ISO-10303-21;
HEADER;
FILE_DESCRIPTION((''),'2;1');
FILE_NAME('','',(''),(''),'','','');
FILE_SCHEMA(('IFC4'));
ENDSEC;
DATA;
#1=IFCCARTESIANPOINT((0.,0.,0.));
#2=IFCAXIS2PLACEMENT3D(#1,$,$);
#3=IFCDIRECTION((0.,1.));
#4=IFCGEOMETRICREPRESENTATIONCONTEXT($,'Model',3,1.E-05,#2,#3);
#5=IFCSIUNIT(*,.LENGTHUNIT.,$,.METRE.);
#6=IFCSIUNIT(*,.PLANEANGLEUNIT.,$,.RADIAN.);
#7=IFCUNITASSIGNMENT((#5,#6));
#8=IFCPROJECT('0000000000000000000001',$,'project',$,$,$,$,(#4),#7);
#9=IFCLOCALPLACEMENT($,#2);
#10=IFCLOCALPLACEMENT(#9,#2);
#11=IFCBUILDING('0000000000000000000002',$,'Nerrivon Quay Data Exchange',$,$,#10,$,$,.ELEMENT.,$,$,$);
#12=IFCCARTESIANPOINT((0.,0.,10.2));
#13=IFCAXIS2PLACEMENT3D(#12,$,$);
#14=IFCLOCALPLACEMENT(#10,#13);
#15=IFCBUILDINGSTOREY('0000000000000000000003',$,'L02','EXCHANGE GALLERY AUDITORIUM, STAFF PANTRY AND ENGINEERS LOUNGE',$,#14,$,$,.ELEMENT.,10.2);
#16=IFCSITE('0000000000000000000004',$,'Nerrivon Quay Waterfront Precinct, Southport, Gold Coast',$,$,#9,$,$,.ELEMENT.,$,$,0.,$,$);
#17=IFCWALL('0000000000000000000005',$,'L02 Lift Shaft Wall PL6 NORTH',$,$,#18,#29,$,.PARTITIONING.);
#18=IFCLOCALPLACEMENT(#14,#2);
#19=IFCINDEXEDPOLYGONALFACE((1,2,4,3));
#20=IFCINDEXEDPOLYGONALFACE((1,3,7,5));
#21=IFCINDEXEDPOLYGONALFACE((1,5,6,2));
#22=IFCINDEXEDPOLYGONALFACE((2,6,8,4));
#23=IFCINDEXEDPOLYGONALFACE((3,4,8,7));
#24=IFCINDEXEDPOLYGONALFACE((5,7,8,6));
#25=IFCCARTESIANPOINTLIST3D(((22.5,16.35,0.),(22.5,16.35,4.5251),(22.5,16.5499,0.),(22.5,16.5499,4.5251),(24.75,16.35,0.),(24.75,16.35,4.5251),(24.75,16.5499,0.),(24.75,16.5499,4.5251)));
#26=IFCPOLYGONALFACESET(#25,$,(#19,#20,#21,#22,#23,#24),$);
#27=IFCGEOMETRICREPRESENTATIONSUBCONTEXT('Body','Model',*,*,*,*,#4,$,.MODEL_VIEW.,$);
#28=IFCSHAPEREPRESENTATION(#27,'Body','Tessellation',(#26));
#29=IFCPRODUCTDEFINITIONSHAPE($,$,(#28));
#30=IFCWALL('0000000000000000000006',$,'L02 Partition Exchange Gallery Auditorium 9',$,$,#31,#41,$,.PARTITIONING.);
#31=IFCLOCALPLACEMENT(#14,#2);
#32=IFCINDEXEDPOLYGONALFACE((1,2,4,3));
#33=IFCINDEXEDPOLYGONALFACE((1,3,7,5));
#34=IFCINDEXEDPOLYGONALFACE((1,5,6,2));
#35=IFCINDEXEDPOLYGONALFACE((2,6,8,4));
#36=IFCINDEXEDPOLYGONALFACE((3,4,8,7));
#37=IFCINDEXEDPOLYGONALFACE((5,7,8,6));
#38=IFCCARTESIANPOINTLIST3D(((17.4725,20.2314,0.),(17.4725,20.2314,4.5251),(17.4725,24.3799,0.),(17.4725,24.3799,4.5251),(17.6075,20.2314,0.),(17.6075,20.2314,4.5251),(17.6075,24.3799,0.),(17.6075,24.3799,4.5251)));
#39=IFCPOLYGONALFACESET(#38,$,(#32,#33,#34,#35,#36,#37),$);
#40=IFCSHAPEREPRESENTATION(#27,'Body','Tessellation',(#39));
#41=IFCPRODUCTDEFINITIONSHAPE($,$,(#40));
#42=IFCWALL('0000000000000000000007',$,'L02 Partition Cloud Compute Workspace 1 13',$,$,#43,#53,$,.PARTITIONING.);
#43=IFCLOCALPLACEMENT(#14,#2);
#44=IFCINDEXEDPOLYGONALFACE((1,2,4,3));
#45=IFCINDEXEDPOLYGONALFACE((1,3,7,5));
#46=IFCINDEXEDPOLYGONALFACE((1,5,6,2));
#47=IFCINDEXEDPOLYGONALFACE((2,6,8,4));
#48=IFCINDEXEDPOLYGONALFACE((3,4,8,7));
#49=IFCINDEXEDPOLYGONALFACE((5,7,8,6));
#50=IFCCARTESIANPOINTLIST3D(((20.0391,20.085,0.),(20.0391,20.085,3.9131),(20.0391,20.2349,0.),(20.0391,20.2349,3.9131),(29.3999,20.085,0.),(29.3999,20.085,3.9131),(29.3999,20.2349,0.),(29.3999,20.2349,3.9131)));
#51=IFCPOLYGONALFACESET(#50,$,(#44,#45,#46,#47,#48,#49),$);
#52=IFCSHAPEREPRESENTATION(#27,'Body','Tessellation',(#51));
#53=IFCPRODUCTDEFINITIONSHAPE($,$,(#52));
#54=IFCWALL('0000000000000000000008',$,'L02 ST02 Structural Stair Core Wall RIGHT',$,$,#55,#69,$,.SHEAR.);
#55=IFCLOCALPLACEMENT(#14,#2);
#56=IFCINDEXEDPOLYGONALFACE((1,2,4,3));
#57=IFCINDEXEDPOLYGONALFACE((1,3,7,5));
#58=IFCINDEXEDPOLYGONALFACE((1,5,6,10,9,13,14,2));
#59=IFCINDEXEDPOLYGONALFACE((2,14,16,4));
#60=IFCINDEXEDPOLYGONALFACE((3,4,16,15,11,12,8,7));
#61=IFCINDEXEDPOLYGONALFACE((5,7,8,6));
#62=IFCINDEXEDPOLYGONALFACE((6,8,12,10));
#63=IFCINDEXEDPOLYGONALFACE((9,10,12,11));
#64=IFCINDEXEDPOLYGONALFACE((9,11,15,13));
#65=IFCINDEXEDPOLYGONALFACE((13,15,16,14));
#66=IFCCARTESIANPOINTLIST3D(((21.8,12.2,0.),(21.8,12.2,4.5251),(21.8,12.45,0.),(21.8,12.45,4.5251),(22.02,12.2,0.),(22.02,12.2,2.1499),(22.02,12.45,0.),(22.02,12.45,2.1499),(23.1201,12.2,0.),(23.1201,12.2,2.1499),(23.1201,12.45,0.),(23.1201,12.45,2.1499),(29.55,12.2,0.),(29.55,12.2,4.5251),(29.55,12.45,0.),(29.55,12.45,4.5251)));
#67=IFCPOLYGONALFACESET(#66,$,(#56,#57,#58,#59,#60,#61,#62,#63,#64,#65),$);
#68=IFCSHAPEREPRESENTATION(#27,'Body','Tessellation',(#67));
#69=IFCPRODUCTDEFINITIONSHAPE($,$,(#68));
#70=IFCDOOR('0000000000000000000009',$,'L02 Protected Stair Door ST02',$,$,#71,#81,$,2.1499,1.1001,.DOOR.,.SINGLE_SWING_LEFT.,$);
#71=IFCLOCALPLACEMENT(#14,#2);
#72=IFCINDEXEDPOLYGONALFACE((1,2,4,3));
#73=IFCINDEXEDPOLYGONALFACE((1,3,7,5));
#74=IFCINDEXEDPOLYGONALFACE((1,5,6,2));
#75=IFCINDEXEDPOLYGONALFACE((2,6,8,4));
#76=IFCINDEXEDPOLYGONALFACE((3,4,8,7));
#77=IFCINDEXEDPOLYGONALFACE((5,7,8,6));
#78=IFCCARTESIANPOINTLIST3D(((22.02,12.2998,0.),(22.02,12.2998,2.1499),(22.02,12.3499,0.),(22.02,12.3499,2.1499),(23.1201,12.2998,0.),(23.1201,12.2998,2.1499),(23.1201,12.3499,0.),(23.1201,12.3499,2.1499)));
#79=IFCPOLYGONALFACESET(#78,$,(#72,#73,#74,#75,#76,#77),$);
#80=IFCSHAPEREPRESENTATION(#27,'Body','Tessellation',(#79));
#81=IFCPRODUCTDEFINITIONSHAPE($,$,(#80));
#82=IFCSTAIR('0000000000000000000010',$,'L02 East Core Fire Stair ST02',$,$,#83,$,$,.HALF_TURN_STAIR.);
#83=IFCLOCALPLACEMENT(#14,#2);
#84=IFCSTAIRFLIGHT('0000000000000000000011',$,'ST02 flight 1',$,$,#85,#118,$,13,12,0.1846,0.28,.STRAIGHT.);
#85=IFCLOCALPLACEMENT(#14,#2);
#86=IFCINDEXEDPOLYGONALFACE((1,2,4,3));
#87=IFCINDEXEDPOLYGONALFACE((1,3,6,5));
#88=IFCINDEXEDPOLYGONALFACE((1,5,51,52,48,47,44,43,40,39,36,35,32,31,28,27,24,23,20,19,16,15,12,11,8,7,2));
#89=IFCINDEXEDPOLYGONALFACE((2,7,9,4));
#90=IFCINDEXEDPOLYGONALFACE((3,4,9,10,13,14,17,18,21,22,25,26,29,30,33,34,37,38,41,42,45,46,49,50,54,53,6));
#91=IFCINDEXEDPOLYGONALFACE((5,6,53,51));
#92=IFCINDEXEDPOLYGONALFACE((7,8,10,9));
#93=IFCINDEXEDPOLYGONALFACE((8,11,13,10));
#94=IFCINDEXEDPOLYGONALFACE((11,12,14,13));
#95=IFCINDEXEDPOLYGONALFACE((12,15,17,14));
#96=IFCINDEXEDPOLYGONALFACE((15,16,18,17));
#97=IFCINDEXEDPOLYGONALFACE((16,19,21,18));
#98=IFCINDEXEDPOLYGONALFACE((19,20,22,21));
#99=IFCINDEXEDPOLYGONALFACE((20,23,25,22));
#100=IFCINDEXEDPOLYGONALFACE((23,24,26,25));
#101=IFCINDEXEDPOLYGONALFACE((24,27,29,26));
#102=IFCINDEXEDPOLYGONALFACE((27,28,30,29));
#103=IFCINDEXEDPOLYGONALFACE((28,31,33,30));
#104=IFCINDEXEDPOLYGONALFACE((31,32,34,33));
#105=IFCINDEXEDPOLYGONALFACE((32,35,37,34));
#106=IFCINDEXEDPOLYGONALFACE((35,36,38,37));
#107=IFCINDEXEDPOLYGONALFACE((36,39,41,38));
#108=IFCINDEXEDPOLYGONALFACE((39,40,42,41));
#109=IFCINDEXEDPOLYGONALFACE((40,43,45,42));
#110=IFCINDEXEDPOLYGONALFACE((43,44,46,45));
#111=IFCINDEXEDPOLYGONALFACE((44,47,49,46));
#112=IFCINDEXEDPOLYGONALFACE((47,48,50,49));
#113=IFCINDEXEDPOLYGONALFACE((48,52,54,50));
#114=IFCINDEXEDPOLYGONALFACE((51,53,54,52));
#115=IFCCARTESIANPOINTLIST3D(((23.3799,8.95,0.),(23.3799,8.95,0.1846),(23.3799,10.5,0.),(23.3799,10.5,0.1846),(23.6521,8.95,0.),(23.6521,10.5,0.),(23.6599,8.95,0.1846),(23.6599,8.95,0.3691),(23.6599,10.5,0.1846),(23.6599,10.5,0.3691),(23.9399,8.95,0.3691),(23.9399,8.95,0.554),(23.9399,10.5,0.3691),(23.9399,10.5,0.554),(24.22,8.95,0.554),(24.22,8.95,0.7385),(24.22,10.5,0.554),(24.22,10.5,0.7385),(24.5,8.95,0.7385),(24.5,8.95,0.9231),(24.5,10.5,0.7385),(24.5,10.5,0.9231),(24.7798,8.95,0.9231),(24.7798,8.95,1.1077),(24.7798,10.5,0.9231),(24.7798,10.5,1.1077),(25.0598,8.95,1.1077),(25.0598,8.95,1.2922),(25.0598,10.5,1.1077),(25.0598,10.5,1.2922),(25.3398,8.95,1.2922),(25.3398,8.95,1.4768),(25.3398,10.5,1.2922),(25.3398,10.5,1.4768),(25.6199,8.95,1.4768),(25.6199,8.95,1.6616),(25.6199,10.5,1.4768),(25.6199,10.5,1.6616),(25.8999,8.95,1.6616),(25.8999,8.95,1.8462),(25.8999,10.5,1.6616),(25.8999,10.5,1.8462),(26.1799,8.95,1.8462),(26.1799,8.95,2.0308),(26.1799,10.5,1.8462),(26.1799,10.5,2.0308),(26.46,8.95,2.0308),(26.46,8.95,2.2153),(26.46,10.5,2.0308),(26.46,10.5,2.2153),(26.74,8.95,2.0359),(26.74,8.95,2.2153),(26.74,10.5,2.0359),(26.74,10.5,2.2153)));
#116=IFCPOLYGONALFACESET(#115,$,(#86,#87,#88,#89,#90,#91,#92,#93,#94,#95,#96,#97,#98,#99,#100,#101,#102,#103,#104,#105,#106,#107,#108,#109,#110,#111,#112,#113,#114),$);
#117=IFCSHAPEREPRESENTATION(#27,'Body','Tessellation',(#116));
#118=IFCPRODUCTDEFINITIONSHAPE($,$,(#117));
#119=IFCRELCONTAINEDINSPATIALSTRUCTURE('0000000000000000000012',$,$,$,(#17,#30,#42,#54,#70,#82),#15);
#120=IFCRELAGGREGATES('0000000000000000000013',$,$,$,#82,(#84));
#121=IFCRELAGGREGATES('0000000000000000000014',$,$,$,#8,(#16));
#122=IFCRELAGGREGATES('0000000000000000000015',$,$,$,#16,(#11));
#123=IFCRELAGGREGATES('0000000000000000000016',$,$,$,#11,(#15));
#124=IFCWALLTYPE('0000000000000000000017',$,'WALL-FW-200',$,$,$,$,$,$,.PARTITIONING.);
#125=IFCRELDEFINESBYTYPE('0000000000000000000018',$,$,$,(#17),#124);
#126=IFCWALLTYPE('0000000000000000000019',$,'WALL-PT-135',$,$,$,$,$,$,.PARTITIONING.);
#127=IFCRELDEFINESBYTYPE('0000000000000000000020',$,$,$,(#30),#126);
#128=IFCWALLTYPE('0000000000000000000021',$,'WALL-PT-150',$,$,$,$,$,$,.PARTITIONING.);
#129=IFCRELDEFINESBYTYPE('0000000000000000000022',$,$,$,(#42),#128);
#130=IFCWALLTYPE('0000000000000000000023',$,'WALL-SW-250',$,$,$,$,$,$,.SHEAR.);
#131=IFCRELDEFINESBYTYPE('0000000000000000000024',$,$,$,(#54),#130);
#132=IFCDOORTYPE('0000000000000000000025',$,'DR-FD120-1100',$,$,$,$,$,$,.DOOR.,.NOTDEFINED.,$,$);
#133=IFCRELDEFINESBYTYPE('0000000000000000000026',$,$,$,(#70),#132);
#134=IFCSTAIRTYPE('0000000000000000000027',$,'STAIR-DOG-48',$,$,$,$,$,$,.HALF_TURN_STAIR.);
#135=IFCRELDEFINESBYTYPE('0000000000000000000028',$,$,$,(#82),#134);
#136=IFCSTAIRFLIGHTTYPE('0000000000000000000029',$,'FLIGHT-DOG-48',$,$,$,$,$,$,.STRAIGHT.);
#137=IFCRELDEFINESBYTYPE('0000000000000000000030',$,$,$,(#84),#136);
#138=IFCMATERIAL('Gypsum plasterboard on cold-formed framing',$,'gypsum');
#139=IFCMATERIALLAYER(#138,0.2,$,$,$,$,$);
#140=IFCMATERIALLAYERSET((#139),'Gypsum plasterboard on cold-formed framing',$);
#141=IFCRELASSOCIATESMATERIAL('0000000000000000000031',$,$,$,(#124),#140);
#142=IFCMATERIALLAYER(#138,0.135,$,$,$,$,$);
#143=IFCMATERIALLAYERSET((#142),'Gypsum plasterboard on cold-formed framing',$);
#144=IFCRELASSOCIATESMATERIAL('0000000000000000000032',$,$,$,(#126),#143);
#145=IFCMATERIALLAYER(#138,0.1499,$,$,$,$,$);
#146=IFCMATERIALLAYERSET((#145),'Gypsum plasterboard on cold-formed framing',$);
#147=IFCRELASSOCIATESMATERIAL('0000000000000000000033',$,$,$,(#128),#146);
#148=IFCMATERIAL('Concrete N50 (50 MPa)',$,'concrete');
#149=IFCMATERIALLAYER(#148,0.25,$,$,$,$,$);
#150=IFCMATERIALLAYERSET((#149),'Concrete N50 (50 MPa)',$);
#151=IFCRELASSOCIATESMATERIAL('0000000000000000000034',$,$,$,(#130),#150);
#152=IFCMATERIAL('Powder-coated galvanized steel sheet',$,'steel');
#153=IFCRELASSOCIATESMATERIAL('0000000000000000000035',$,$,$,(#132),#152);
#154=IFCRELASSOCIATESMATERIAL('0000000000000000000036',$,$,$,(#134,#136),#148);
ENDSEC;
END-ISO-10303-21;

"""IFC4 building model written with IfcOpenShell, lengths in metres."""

from ifc_helpers import new_model, si_unit, direction, frame, frame_2d, origin, place, context, subcontext, project, spatial, polyline, rectangle, outline, extrude, material, layer, layer_set, type_object, element, fill, aggregate, save


model = new_model("IFC4")

# Units and contexts
model_context = context("Model", 3, precision=1e-05, world=origin(), true_north=direction((0.0, 1.0)))
body_context = subcontext(model_context, "Body", "Model", "MODEL_VIEW")
ifc_project = project(units=[si_unit("LENGTHUNIT", "METRE"), si_unit("PLANEANGLEUNIT", "RADIAN")], contexts=[model_context])

# Site, building, storey
site_placement = place(None, origin())
site = spatial("IfcSite", under=ifc_project, at=site_placement, Name="Nerrivon Quay Waterfront Precinct, Southport, Gold Coast", CompositionType="ELEMENT", RefElevation=0.0)
building_placement = place(site_placement, origin())
building = spatial("IfcBuilding", under=site, at=building_placement, Name="Nerrivon Quay Data Exchange", CompositionType="ELEMENT")
storey_placement = place(building_placement, frame((0.0, 0.0, 10.2)))
storey = spatial("IfcBuildingStorey", under=building, at=storey_placement, Name="L02", Description="EXCHANGE GALLERY AUDITORIUM, STAFF PANTRY AND ENGINEERS LOUNGE", CompositionType="ELEMENT", Elevation=10.2)

# Shared definitions
ifc_material_1 = material(Name="Gypsum plasterboard on cold-formed framing", Category="gypsum")
ifc_layer_1 = layer(ifc_material_1, 0.2)
ifc_layer_set_1 = layer_set([ifc_layer_1], Name="Gypsum plasterboard on cold-formed framing")
wall_type_1 = type_object("IfcWallType", Name="WALL-FW-200", PredefinedType="PARTITIONING", material=ifc_layer_set_1)

# Shared definitions
ifc_material_2 = material(Name="Powder-coated galvanized steel sheet", Category="steel")

# Walls
wall_1_placement = place(storey_placement, frame((22.5, 16.45, 0.0), z_axis=(0.0, 0.0, 1.0), x_axis=(1.0, 0.0, 0.0)))
element("IfcWall", 1, at=wall_1_placement, inside=storey, type_object=wall_type_1, Name="L02 Lift Shaft Wall PL6 NORTH", PredefinedType="PARTITIONING", context=body_context, shape_type="SweptSolid", body=[
    extrude(rectangle(XDim=2.25, YDim=0.2, at=frame_2d((1.125, 0.0))), origin(), (0.0, 0.0, 1.0), 4.5251),
])
ifc_layer_2 = layer(ifc_material_1, 0.135)
ifc_layer_set_2 = layer_set([ifc_layer_2], Name="Gypsum plasterboard on cold-formed framing")
wall_type_2 = type_object("IfcWallType", Name="WALL-PT-135", PredefinedType="PARTITIONING", material=ifc_layer_set_2)
wall_2_placement = place(storey_placement, frame((17.54, 20.2314, 0.0), z_axis=(0.0, 0.0, 1.0), x_axis=(0.0, 1.0, 0.0)))
element("IfcWall", 2, at=wall_2_placement, inside=storey, type_object=wall_type_2, Name="L02 Partition Exchange Gallery Auditorium 9", PredefinedType="PARTITIONING", context=body_context, shape_type="SweptSolid", body=[
    extrude(rectangle(XDim=4.1484, YDim=0.135, at=frame_2d((2.0742, 0.0))), origin(), (0.0, 0.0, 1.0), 4.5251),
])
ifc_layer_3 = layer(ifc_material_1, 0.1499)
ifc_layer_set_3 = layer_set([ifc_layer_3], Name="Gypsum plasterboard on cold-formed framing")
wall_type_3 = type_object("IfcWallType", Name="WALL-PT-150", PredefinedType="PARTITIONING", material=ifc_layer_set_3)
wall_3_placement = place(storey_placement, frame((20.0391, 20.1599, 0.0), z_axis=(0.0, 0.0, 1.0), x_axis=(1.0, 0.0, 0.0)))
element("IfcWall", 3, at=wall_3_placement, inside=storey, type_object=wall_type_3, Name="L02 Partition Cloud Compute Workspace 1 13", PredefinedType="PARTITIONING", context=body_context, shape_type="SweptSolid", body=[
    extrude(rectangle(XDim=9.3608, YDim=0.1499, at=frame_2d((4.6804, 0.0))), origin(), (0.0, 0.0, 1.0), 3.9131),
])

# Wall, opening, door
ifc_material_3 = material(Name="Concrete N50 (50 MPa)", Category="concrete")
ifc_layer_4 = layer(ifc_material_3, 0.25)
ifc_layer_set_4 = layer_set([ifc_layer_4], Name="Concrete N50 (50 MPa)")
wall_type_4 = type_object("IfcWallType", Name="WALL-SW-250", PredefinedType="SHEAR", material=ifc_layer_set_4)
wall_4_placement = place(storey_placement, frame((21.8, 12.325, 0.0), z_axis=(0.0, 0.0, 1.0), x_axis=(1.0, 0.0, 0.0)))
wall_4 = element("IfcWall", 4, at=wall_4_placement, inside=storey, type_object=wall_type_4, Name="L02 ST02 Structural Stair Core Wall RIGHT", PredefinedType="SHEAR", context=body_context, shape_type="SweptSolid", body=[
    extrude(rectangle(XDim=7.75, YDim=0.25, at=frame_2d((3.875, 0.0))), origin(), (0.0, 0.0, 1.0), 4.5251),
])
opening_1_placement = place(wall_4_placement, frame((0.22, 0.0, 0.0)))
opening_1 = element("IfcOpeningElement", 5, at=opening_1_placement, cuts=wall_4, PredefinedType="OPENING", context=body_context, shape_type="SweptSolid", body=[
    extrude(rectangle(XDim=1.1001, YDim=2.1499, at=frame_2d((0.55, 1.075))), frame((0.0, 0.135, 0.0), z_axis=(0.0, -1.0, 0.0), x_axis=(1.0, 0.0, 0.0)), (0.0, 0.0, 1.0), 0.27),
])
door_type_1 = type_object("IfcDoorType", Name="DR-FD120-1100", OperationType="NOTDEFINED", PredefinedType="DOOR", material=ifc_material_2)
door_1_placement = place(opening_1_placement, origin())
door_1 = element("IfcDoor", 6, at=door_1_placement, inside=storey, type_object=door_type_1, Name="L02 Protected Stair Door ST02", OperationType="SINGLE_SWING_LEFT", OverallHeight=2.1499, OverallWidth=1.1001, PredefinedType="DOOR", context=body_context, shape_type="SweptSolid", body=[
    extrude(rectangle(XDim=1.1001, YDim=2.1499, at=frame_2d((0.55, 1.075))), frame((0.0, 0.0249, 0.0), z_axis=(0.0, -1.0, 0.0), x_axis=(1.0, 0.0, 0.0)), (0.0, 0.0, 1.0), 0.05),
])
fill(opening_1, door_1)

# Stair, stair flight
stair_type = type_object("IfcStairType", Name="STAIR-DOG-48", PredefinedType="HALF_TURN_STAIR", material=ifc_material_3)
stair_placement = place(storey_placement, origin())
stair = element("IfcStair", 7, at=stair_placement, inside=storey, type_object=stair_type, Name="L02 East Core Fire Stair ST02", PredefinedType="HALF_TURN_STAIR")
stair_flight_type = type_object("IfcStairFlightType", Name="FLIGHT-DOG-48", PredefinedType="STRAIGHT", material=ifc_material_3)
stair_flight_placement = place(storey_placement, frame((23.3799, 9.7251, 0.0), z_axis=(0.0, 0.0, 1.0), x_axis=(1.0, 0.0, 0.0)))
stair_flight = element("IfcStairFlight", 8, at=stair_flight_placement, type_object=stair_flight_type, Name="ST02 flight 1", NumberOfRisers=13, NumberOfTreads=12, PredefinedType="STRAIGHT", RiserHeight=0.1846, TreadLength=0.28, context=body_context, shape_type="SweptSolid", body=[
    extrude(outline(polyline([(0.0, 0.0), (0.0, 0.1846), (0.28, 0.1846), (0.28, 0.3691), (0.5601, 0.3691), (0.5601, 0.554), (0.8401, 0.554), (0.8401, 0.7385), (1.1201, 0.7385), (1.1201, 0.9231), (1.3999, 0.9231), (1.3999, 1.1077), (1.6799, 1.1077), (1.6799, 1.2922), (1.96, 1.2922), (1.96, 1.4768), (2.24, 1.4768), (2.24, 1.6616), (2.52, 1.6616), (2.52, 1.8462), (2.8, 1.8462), (2.8, 2.0308), (3.0801, 2.0308), (3.0801, 2.2153), (3.3601, 2.2153), (3.3601, 2.3999), (3.3601, 2.0359), (0.2722, 0.0), (0.0, 0.0)])), frame((0.0, 0.7749, 0.0), z_axis=(0.0, -1.0, 0.0), x_axis=(1.0, 0.0, 0.0)), (0.0, 0.0, 1.0), 1.55),
])
aggregate(stair, [stair_flight])

save(model, "model.ifc")
